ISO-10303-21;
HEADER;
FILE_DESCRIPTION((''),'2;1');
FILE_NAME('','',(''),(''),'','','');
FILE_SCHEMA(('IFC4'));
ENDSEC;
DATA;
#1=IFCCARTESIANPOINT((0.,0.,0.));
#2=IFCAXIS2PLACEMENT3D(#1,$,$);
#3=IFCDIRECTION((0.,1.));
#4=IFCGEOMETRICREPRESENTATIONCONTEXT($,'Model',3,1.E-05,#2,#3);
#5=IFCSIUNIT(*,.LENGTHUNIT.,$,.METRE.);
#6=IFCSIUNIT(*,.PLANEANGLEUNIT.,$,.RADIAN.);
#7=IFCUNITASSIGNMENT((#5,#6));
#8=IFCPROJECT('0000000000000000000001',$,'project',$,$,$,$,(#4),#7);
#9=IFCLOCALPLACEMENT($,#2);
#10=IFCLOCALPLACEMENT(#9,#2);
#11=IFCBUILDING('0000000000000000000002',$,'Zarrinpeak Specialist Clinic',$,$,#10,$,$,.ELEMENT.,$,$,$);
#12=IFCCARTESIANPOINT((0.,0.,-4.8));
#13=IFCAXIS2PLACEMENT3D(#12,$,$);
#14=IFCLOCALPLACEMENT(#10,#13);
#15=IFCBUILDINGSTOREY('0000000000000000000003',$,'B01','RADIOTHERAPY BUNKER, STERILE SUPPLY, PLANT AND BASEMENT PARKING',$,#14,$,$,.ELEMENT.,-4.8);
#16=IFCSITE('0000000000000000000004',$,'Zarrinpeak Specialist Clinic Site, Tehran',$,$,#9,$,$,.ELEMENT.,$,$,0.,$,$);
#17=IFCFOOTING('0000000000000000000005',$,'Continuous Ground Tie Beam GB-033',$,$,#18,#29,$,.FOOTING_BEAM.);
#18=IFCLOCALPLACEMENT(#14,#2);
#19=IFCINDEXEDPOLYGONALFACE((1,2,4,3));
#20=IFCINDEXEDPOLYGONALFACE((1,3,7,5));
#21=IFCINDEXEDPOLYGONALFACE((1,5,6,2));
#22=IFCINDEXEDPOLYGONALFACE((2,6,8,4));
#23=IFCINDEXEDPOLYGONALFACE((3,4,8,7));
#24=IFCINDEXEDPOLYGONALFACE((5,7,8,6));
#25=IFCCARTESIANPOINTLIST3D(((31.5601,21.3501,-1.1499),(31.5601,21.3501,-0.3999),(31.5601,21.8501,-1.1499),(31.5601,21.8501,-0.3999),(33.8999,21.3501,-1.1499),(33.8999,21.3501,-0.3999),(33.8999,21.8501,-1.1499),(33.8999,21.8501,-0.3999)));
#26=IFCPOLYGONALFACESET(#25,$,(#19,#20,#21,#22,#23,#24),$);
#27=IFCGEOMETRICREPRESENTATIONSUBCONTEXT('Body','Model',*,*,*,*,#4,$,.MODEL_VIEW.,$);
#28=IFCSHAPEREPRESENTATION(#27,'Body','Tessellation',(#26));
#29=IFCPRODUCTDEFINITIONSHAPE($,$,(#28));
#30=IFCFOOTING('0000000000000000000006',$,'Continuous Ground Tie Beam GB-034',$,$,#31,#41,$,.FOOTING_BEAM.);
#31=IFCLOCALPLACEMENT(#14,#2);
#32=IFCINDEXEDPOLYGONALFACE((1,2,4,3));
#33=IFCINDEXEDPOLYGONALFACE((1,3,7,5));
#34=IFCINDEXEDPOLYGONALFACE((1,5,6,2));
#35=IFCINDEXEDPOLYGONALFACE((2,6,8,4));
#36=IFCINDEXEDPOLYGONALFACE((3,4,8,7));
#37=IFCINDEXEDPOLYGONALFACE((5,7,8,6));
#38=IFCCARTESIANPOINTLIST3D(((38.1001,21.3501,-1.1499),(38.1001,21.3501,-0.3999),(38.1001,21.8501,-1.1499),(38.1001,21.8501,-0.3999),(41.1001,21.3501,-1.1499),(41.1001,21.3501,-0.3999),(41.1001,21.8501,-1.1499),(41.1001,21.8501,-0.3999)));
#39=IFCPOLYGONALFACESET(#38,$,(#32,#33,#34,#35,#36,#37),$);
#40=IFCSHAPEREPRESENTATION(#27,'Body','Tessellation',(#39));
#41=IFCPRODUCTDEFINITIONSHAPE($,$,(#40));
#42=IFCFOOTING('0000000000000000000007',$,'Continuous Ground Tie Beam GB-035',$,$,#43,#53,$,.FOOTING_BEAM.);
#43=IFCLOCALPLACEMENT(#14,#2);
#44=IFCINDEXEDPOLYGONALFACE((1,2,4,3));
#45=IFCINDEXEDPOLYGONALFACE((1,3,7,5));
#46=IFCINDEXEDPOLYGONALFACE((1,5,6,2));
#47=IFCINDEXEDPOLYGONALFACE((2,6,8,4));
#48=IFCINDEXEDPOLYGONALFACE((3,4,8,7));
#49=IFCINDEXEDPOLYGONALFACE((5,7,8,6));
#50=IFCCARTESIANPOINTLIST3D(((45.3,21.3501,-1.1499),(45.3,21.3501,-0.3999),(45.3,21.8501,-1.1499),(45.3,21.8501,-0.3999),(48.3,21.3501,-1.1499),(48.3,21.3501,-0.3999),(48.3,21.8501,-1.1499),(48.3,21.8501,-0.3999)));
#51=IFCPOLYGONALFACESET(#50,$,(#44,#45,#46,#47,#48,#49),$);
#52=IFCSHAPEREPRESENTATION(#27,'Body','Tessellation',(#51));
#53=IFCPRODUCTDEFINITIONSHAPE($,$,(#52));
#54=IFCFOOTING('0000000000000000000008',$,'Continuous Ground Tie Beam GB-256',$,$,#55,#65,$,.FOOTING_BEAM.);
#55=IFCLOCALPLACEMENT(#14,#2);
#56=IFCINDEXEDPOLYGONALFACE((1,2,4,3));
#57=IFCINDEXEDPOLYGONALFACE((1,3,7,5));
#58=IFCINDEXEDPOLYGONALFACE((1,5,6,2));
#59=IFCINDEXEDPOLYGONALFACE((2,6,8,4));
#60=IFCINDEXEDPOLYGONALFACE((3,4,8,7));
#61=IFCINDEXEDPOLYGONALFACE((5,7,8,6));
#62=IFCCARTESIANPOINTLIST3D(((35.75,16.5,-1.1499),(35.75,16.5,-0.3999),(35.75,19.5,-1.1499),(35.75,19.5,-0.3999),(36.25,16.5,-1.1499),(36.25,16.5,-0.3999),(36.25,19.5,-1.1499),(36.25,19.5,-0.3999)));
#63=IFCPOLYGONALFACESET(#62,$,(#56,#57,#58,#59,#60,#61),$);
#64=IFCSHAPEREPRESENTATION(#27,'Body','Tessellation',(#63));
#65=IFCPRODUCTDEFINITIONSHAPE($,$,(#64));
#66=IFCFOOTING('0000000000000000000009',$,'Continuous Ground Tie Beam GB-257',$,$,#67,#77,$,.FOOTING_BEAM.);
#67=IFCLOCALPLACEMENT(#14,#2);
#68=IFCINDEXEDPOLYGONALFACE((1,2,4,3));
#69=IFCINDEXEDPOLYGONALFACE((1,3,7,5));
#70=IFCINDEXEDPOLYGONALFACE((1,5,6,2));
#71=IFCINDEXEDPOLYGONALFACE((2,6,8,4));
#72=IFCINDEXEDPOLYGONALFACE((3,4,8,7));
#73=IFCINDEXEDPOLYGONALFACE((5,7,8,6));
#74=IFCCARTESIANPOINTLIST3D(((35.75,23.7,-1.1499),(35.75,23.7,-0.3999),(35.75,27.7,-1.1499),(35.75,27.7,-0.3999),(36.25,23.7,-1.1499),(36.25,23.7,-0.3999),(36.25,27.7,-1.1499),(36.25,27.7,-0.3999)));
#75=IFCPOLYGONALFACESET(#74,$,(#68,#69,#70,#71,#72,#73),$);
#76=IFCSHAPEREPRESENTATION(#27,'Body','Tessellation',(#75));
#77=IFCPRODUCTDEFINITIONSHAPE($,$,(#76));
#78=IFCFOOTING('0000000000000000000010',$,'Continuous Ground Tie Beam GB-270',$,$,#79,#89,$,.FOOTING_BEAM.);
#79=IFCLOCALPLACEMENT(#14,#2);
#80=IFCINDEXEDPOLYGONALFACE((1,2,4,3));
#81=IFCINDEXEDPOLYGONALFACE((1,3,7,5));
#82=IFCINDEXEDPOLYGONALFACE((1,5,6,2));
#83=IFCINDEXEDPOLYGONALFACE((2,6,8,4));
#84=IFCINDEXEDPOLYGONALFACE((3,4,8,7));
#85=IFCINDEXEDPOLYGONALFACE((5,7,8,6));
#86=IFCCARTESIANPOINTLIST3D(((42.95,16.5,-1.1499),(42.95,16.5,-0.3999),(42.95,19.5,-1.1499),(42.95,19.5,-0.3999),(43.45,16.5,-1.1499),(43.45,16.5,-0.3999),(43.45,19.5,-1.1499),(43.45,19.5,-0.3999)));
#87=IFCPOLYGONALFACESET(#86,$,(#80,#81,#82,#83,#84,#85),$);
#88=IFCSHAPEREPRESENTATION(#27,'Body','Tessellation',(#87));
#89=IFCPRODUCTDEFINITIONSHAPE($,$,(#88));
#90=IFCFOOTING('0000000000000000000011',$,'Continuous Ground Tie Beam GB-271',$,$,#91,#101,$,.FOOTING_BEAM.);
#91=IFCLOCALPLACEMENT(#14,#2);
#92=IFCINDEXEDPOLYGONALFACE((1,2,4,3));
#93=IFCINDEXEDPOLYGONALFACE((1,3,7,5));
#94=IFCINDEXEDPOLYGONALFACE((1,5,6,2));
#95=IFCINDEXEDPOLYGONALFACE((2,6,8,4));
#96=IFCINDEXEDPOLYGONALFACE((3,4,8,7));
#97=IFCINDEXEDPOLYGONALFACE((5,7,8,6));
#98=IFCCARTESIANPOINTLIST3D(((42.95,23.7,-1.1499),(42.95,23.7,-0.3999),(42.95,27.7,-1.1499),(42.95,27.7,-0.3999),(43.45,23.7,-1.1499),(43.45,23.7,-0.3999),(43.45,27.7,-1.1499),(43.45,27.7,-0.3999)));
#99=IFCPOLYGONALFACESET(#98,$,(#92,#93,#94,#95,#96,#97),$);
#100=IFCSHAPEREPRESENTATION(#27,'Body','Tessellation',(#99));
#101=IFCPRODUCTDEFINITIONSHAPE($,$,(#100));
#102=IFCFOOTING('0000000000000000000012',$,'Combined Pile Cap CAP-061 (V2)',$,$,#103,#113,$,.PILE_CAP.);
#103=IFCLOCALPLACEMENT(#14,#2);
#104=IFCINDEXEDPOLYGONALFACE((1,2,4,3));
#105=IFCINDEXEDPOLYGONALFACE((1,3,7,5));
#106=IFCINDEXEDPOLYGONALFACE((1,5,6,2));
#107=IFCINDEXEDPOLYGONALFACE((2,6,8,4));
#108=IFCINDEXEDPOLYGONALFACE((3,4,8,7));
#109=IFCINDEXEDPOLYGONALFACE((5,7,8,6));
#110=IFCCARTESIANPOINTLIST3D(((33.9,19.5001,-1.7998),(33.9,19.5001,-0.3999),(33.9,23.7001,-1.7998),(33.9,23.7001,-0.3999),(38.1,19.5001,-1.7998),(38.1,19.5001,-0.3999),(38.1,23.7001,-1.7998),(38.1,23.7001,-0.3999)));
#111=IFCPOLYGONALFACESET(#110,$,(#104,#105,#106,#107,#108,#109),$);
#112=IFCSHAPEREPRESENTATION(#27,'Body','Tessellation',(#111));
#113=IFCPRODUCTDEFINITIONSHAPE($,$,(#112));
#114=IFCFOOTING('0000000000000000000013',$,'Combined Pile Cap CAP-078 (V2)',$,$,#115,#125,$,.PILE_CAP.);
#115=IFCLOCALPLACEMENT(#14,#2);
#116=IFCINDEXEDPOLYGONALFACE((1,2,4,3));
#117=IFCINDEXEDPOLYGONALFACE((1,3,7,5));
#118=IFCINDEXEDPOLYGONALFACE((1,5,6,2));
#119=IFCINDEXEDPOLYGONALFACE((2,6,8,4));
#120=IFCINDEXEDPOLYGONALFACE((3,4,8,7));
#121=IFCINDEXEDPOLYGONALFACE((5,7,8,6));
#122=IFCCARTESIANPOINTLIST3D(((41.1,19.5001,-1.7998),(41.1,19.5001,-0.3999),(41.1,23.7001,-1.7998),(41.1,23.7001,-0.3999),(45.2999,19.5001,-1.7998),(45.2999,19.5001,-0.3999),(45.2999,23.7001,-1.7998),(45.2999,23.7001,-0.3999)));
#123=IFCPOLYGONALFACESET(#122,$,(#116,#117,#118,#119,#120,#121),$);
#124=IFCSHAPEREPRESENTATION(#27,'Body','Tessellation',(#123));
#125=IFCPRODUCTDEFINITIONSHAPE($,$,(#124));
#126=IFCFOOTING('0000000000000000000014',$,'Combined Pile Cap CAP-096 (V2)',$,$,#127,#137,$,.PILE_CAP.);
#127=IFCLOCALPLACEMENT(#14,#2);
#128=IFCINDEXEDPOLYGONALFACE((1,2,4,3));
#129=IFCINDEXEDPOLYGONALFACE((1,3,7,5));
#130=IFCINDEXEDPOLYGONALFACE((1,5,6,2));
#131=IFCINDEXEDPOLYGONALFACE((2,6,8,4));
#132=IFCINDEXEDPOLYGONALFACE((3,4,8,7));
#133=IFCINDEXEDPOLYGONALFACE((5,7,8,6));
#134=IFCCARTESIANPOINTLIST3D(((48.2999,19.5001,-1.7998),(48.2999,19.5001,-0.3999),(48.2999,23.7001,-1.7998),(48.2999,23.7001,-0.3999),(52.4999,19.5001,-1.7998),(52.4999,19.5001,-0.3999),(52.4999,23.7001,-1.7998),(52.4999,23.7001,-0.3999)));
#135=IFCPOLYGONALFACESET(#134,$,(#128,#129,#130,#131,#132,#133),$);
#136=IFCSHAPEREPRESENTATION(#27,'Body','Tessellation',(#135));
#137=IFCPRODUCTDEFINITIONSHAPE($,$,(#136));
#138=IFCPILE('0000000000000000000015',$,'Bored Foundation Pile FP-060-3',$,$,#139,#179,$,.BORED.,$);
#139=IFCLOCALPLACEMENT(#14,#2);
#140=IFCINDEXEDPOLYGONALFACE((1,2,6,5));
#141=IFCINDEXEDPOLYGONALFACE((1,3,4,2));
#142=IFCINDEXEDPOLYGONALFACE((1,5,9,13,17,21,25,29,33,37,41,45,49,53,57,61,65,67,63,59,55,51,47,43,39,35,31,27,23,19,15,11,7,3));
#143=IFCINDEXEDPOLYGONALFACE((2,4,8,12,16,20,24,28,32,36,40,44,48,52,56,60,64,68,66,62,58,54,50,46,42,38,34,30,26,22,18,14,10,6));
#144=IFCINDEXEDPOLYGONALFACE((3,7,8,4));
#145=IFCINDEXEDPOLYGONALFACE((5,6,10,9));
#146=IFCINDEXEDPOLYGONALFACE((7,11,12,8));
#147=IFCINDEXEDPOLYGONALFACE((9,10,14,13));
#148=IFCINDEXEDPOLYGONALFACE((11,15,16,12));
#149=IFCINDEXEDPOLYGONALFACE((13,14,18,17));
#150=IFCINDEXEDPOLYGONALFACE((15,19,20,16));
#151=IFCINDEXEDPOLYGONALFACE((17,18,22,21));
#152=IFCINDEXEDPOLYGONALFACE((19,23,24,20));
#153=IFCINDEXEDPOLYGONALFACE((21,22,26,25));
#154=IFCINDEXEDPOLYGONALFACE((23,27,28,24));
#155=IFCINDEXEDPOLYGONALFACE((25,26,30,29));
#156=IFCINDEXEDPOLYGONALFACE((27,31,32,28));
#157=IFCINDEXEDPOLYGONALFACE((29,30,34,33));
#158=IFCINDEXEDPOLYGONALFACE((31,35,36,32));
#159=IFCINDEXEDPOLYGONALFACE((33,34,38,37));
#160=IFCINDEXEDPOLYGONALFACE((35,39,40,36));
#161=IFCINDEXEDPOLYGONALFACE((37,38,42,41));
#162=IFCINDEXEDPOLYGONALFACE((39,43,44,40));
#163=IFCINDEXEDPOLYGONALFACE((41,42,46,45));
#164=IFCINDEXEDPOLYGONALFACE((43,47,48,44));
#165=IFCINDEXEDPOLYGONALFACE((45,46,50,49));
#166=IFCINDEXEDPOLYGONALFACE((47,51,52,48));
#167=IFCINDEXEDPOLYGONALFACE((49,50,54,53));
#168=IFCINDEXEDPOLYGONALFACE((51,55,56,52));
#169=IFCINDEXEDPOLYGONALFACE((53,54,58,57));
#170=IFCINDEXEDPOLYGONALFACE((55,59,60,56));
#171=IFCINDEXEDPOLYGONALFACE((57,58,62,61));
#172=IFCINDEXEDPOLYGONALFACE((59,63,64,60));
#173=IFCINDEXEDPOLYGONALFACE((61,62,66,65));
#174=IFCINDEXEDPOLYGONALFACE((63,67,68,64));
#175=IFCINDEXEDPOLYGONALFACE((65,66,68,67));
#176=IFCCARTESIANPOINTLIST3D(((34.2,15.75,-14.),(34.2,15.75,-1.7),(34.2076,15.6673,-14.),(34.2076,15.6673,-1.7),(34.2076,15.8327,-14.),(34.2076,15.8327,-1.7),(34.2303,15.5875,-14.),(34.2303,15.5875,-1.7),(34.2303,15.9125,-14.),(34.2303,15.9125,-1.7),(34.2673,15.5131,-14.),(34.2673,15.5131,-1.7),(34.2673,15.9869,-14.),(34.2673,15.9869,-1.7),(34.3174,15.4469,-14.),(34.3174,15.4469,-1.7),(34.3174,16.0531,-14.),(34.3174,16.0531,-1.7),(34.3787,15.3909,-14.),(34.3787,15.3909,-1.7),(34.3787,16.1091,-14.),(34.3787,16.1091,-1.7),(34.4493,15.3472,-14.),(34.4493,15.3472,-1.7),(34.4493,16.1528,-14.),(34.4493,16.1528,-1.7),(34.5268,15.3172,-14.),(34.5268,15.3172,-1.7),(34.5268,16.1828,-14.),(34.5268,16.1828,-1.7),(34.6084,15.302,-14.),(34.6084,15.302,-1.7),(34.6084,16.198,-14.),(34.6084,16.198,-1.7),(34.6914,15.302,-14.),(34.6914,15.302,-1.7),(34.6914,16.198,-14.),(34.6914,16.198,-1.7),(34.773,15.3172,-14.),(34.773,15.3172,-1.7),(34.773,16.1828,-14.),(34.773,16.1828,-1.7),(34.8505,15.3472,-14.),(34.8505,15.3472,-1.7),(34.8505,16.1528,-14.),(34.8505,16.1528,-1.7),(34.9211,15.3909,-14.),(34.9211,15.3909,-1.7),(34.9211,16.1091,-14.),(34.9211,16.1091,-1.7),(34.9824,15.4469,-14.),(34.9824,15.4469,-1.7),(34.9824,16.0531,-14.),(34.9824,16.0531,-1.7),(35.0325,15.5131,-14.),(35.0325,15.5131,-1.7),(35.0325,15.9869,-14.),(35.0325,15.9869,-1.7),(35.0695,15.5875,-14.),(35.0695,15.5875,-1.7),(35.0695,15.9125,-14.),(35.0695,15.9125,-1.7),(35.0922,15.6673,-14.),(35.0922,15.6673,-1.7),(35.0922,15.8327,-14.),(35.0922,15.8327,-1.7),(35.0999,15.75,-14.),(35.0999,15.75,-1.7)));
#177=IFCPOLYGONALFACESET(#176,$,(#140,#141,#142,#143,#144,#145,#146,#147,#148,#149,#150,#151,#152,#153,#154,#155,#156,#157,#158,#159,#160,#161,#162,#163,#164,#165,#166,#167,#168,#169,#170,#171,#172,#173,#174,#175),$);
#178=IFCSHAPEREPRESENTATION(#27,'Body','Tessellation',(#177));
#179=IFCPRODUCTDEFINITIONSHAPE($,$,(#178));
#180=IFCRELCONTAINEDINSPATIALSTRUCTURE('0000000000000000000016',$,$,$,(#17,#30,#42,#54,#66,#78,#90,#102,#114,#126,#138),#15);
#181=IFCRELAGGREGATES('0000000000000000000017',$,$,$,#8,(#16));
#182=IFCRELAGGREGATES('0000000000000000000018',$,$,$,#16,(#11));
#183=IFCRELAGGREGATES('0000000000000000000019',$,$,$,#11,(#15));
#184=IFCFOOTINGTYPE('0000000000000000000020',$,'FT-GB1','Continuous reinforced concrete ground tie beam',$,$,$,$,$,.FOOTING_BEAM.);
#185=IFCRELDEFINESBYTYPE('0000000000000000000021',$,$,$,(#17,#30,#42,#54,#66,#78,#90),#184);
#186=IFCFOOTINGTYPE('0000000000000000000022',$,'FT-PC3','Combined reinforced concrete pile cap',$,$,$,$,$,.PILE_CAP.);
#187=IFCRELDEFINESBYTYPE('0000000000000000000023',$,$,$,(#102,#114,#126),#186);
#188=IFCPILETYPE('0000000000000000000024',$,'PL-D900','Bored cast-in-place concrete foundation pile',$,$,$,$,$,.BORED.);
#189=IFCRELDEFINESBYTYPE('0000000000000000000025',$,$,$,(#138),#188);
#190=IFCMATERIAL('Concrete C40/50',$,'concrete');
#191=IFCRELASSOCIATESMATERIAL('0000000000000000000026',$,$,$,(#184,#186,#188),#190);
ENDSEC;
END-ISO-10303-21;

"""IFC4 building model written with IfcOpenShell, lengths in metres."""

from ifc_helpers import new_model, si_unit, direction, frame, origin, origin_2d, place, context, subcontext, project, spatial, rectangle, circle, extrude, material, material_profile, profile_set, type_object, element, save


model = new_model("IFC4")

# Units and contexts
model_context = context("Model", 3, precision=1e-05, world=origin(), true_north=direction((0.0, 1.0)))
body_context = subcontext(model_context, "Body", "Model", "MODEL_VIEW")
ifc_project = project(units=[si_unit("LENGTHUNIT", "METRE"), si_unit("PLANEANGLEUNIT", "RADIAN")], contexts=[model_context])

# Site, building, storey
site_placement = place(None, origin())
site = spatial("IfcSite", under=ifc_project, at=site_placement, Name="Zarrinpeak Specialist Clinic Site, Tehran", CompositionType="ELEMENT", RefElevation=0.0)
building_placement = place(site_placement, origin())
building = spatial("IfcBuilding", under=site, at=building_placement, Name="Zarrinpeak Specialist Clinic", CompositionType="ELEMENT")
storey_placement = place(building_placement, frame((0.0, 0.0, -4.8)))
storey = spatial("IfcBuildingStorey", under=building, at=storey_placement, Name="B01", Description="RADIOTHERAPY BUNKER, STERILE SUPPLY, PLANT AND BASEMENT PARKING", CompositionType="ELEMENT", Elevation=-4.8)

# Footings
ifc_material_1 = material(Name="Concrete C40/50", Category="concrete")
ifc_material_profile_1 = material_profile(ifc_material_1, rectangle(XDim=0.5, YDim=0.75, at=origin_2d()), Name="RC 500x750")
ifc_profile_set_1 = profile_set([ifc_material_profile_1], Name="Concrete C40/50")
footing_type_1 = type_object("IfcFootingType", Name="FT-GB1", Description="Continuous reinforced concrete ground tie beam", PredefinedType="FOOTING_BEAM", material=ifc_profile_set_1)
footing_1_placement = place(storey_placement, frame((31.5601, 21.6001, -0.7749), z_axis=(1.0, 0.0, 0.0), x_axis=(0.0, 1.0, 0.0)))
element("IfcFooting", 1, at=footing_1_placement, inside=storey, type_object=footing_type_1, Name="Continuous Ground Tie Beam GB-033", PredefinedType="FOOTING_BEAM", context=body_context, shape_type="SweptSolid", body=[
    extrude(rectangle(XDim=0.5, YDim=0.75, at=origin_2d()), origin(), (0.0, 0.0, 1.0), 2.3398),
])
for number, where, z_axis, x_axis, name in (
    (2, (38.1001, 21.6001, -0.7749), (1.0, 0.0, 0.0), (0.0, 1.0, 0.0), "Continuous Ground Tie Beam GB-034"),
    (3, (45.3, 21.6001, -0.7749), (1.0, 0.0, 0.0), (0.0, 1.0, 0.0), "Continuous Ground Tie Beam GB-035"),
    (4, (36.0, 16.5, -0.7749), (0.0, 1.0, 0.0), (-1.0, 0.0, 0.0), "Continuous Ground Tie Beam GB-256"),
):
    element("IfcFooting", number, at=place(storey_placement, frame(where, z_axis=z_axis, x_axis=x_axis)), inside=storey, type_object=footing_type_1, Name=name, PredefinedType="FOOTING_BEAM", context=body_context, shape_type="SweptSolid", body=[
        extrude(rectangle(XDim=0.5, YDim=0.75, at=origin_2d()), origin(), (0.0, 0.0, 1.0), 3.0),
    ])
footing_2_placement = place(storey_placement, frame((36.0, 23.7, -0.7749), z_axis=(0.0, 1.0, 0.0), x_axis=(-1.0, 0.0, 0.0)))
element("IfcFooting", 5, at=footing_2_placement, inside=storey, type_object=footing_type_1, Name="Continuous Ground Tie Beam GB-257", PredefinedType="FOOTING_BEAM", context=body_context, shape_type="SweptSolid", body=[
    extrude(rectangle(XDim=0.5, YDim=0.75, at=origin_2d()), origin(), (0.0, 0.0, 1.0), 4.0),
])
footing_3_placement = place(storey_placement, frame((43.2, 16.5, -0.7749), z_axis=(0.0, 1.0, 0.0), x_axis=(-1.0, 0.0, 0.0)))
element("IfcFooting", 6, at=footing_3_placement, inside=storey, type_object=footing_type_1, Name="Continuous Ground Tie Beam GB-270", PredefinedType="FOOTING_BEAM", context=body_context, shape_type="SweptSolid", body=[
    extrude(rectangle(XDim=0.5, YDim=0.75, at=origin_2d()), origin(), (0.0, 0.0, 1.0), 3.0),
])
footing_4_placement = place(storey_placement, frame((43.2, 23.7, -0.7749), z_axis=(0.0, 1.0, 0.0), x_axis=(-1.0, 0.0, 0.0)))
element("IfcFooting", 7, at=footing_4_placement, inside=storey, type_object=footing_type_1, Name="Continuous Ground Tie Beam GB-271", PredefinedType="FOOTING_BEAM", context=body_context, shape_type="SweptSolid", body=[
    extrude(rectangle(XDim=0.5, YDim=0.75, at=origin_2d()), origin(), (0.0, 0.0, 1.0), 4.0),
])
footing_type_2 = type_object("IfcFootingType", Name="FT-PC3", Description="Combined reinforced concrete pile cap", PredefinedType="PILE_CAP", material=ifc_material_1)
for number, where, z_axis, x_axis, name in (
    (8, (36.0, 21.6001, -1.7998), (0.0, 0.0, 1.0), (1.0, 0.0, 0.0), "Combined Pile Cap CAP-061 (V2)"),
    (9, (43.2, 21.6001, -1.7998), (0.0, 0.0, 1.0), (1.0, 0.0, 0.0), "Combined Pile Cap CAP-078 (V2)"),
    (10, (50.3999, 21.6001, -1.7998), (0.0, 0.0, 1.0), (1.0, 0.0, 0.0), "Combined Pile Cap CAP-096 (V2)"),
):
    element("IfcFooting", number, at=place(storey_placement, frame(where, z_axis=z_axis, x_axis=x_axis)), inside=storey, type_object=footing_type_2, Name=name, PredefinedType="PILE_CAP", context=body_context, shape_type="SweptSolid", body=[
        extrude(rectangle(XDim=4.2, YDim=4.2, at=origin_2d()), origin(), (0.0, 0.0, 1.0), 1.3999),
    ])

# Pile
ifc_material_profile_2 = material_profile(ifc_material_1, circle(Radius=0.45, at=origin_2d()), Name="BORED PILE D900")
ifc_profile_set_2 = profile_set([ifc_material_profile_2], Name="Concrete C40/50")
pile_type = type_object("IfcPileType", Name="PL-D900", Description="Bored cast-in-place concrete foundation pile", PredefinedType="BORED", material=ifc_profile_set_2)
for number, where, z_axis, x_axis, name in (
    (11, (34.6499, 15.75, -1.7), (0.0, 0.0, -1.0), (1.0, 0.0, 0.0), "Bored Foundation Pile FP-060-3"),
):
    element("IfcPile", number, at=place(storey_placement, frame(where, z_axis=z_axis, x_axis=x_axis)), inside=storey, type_object=pile_type, Name=name, PredefinedType="BORED", context=body_context, shape_type="SweptSolid", body=[
        extrude(circle(Radius=0.45, at=origin_2d()), origin(), (0.0, 0.0, 1.0), 12.3),
    ])

save(model, "model.ifc")
